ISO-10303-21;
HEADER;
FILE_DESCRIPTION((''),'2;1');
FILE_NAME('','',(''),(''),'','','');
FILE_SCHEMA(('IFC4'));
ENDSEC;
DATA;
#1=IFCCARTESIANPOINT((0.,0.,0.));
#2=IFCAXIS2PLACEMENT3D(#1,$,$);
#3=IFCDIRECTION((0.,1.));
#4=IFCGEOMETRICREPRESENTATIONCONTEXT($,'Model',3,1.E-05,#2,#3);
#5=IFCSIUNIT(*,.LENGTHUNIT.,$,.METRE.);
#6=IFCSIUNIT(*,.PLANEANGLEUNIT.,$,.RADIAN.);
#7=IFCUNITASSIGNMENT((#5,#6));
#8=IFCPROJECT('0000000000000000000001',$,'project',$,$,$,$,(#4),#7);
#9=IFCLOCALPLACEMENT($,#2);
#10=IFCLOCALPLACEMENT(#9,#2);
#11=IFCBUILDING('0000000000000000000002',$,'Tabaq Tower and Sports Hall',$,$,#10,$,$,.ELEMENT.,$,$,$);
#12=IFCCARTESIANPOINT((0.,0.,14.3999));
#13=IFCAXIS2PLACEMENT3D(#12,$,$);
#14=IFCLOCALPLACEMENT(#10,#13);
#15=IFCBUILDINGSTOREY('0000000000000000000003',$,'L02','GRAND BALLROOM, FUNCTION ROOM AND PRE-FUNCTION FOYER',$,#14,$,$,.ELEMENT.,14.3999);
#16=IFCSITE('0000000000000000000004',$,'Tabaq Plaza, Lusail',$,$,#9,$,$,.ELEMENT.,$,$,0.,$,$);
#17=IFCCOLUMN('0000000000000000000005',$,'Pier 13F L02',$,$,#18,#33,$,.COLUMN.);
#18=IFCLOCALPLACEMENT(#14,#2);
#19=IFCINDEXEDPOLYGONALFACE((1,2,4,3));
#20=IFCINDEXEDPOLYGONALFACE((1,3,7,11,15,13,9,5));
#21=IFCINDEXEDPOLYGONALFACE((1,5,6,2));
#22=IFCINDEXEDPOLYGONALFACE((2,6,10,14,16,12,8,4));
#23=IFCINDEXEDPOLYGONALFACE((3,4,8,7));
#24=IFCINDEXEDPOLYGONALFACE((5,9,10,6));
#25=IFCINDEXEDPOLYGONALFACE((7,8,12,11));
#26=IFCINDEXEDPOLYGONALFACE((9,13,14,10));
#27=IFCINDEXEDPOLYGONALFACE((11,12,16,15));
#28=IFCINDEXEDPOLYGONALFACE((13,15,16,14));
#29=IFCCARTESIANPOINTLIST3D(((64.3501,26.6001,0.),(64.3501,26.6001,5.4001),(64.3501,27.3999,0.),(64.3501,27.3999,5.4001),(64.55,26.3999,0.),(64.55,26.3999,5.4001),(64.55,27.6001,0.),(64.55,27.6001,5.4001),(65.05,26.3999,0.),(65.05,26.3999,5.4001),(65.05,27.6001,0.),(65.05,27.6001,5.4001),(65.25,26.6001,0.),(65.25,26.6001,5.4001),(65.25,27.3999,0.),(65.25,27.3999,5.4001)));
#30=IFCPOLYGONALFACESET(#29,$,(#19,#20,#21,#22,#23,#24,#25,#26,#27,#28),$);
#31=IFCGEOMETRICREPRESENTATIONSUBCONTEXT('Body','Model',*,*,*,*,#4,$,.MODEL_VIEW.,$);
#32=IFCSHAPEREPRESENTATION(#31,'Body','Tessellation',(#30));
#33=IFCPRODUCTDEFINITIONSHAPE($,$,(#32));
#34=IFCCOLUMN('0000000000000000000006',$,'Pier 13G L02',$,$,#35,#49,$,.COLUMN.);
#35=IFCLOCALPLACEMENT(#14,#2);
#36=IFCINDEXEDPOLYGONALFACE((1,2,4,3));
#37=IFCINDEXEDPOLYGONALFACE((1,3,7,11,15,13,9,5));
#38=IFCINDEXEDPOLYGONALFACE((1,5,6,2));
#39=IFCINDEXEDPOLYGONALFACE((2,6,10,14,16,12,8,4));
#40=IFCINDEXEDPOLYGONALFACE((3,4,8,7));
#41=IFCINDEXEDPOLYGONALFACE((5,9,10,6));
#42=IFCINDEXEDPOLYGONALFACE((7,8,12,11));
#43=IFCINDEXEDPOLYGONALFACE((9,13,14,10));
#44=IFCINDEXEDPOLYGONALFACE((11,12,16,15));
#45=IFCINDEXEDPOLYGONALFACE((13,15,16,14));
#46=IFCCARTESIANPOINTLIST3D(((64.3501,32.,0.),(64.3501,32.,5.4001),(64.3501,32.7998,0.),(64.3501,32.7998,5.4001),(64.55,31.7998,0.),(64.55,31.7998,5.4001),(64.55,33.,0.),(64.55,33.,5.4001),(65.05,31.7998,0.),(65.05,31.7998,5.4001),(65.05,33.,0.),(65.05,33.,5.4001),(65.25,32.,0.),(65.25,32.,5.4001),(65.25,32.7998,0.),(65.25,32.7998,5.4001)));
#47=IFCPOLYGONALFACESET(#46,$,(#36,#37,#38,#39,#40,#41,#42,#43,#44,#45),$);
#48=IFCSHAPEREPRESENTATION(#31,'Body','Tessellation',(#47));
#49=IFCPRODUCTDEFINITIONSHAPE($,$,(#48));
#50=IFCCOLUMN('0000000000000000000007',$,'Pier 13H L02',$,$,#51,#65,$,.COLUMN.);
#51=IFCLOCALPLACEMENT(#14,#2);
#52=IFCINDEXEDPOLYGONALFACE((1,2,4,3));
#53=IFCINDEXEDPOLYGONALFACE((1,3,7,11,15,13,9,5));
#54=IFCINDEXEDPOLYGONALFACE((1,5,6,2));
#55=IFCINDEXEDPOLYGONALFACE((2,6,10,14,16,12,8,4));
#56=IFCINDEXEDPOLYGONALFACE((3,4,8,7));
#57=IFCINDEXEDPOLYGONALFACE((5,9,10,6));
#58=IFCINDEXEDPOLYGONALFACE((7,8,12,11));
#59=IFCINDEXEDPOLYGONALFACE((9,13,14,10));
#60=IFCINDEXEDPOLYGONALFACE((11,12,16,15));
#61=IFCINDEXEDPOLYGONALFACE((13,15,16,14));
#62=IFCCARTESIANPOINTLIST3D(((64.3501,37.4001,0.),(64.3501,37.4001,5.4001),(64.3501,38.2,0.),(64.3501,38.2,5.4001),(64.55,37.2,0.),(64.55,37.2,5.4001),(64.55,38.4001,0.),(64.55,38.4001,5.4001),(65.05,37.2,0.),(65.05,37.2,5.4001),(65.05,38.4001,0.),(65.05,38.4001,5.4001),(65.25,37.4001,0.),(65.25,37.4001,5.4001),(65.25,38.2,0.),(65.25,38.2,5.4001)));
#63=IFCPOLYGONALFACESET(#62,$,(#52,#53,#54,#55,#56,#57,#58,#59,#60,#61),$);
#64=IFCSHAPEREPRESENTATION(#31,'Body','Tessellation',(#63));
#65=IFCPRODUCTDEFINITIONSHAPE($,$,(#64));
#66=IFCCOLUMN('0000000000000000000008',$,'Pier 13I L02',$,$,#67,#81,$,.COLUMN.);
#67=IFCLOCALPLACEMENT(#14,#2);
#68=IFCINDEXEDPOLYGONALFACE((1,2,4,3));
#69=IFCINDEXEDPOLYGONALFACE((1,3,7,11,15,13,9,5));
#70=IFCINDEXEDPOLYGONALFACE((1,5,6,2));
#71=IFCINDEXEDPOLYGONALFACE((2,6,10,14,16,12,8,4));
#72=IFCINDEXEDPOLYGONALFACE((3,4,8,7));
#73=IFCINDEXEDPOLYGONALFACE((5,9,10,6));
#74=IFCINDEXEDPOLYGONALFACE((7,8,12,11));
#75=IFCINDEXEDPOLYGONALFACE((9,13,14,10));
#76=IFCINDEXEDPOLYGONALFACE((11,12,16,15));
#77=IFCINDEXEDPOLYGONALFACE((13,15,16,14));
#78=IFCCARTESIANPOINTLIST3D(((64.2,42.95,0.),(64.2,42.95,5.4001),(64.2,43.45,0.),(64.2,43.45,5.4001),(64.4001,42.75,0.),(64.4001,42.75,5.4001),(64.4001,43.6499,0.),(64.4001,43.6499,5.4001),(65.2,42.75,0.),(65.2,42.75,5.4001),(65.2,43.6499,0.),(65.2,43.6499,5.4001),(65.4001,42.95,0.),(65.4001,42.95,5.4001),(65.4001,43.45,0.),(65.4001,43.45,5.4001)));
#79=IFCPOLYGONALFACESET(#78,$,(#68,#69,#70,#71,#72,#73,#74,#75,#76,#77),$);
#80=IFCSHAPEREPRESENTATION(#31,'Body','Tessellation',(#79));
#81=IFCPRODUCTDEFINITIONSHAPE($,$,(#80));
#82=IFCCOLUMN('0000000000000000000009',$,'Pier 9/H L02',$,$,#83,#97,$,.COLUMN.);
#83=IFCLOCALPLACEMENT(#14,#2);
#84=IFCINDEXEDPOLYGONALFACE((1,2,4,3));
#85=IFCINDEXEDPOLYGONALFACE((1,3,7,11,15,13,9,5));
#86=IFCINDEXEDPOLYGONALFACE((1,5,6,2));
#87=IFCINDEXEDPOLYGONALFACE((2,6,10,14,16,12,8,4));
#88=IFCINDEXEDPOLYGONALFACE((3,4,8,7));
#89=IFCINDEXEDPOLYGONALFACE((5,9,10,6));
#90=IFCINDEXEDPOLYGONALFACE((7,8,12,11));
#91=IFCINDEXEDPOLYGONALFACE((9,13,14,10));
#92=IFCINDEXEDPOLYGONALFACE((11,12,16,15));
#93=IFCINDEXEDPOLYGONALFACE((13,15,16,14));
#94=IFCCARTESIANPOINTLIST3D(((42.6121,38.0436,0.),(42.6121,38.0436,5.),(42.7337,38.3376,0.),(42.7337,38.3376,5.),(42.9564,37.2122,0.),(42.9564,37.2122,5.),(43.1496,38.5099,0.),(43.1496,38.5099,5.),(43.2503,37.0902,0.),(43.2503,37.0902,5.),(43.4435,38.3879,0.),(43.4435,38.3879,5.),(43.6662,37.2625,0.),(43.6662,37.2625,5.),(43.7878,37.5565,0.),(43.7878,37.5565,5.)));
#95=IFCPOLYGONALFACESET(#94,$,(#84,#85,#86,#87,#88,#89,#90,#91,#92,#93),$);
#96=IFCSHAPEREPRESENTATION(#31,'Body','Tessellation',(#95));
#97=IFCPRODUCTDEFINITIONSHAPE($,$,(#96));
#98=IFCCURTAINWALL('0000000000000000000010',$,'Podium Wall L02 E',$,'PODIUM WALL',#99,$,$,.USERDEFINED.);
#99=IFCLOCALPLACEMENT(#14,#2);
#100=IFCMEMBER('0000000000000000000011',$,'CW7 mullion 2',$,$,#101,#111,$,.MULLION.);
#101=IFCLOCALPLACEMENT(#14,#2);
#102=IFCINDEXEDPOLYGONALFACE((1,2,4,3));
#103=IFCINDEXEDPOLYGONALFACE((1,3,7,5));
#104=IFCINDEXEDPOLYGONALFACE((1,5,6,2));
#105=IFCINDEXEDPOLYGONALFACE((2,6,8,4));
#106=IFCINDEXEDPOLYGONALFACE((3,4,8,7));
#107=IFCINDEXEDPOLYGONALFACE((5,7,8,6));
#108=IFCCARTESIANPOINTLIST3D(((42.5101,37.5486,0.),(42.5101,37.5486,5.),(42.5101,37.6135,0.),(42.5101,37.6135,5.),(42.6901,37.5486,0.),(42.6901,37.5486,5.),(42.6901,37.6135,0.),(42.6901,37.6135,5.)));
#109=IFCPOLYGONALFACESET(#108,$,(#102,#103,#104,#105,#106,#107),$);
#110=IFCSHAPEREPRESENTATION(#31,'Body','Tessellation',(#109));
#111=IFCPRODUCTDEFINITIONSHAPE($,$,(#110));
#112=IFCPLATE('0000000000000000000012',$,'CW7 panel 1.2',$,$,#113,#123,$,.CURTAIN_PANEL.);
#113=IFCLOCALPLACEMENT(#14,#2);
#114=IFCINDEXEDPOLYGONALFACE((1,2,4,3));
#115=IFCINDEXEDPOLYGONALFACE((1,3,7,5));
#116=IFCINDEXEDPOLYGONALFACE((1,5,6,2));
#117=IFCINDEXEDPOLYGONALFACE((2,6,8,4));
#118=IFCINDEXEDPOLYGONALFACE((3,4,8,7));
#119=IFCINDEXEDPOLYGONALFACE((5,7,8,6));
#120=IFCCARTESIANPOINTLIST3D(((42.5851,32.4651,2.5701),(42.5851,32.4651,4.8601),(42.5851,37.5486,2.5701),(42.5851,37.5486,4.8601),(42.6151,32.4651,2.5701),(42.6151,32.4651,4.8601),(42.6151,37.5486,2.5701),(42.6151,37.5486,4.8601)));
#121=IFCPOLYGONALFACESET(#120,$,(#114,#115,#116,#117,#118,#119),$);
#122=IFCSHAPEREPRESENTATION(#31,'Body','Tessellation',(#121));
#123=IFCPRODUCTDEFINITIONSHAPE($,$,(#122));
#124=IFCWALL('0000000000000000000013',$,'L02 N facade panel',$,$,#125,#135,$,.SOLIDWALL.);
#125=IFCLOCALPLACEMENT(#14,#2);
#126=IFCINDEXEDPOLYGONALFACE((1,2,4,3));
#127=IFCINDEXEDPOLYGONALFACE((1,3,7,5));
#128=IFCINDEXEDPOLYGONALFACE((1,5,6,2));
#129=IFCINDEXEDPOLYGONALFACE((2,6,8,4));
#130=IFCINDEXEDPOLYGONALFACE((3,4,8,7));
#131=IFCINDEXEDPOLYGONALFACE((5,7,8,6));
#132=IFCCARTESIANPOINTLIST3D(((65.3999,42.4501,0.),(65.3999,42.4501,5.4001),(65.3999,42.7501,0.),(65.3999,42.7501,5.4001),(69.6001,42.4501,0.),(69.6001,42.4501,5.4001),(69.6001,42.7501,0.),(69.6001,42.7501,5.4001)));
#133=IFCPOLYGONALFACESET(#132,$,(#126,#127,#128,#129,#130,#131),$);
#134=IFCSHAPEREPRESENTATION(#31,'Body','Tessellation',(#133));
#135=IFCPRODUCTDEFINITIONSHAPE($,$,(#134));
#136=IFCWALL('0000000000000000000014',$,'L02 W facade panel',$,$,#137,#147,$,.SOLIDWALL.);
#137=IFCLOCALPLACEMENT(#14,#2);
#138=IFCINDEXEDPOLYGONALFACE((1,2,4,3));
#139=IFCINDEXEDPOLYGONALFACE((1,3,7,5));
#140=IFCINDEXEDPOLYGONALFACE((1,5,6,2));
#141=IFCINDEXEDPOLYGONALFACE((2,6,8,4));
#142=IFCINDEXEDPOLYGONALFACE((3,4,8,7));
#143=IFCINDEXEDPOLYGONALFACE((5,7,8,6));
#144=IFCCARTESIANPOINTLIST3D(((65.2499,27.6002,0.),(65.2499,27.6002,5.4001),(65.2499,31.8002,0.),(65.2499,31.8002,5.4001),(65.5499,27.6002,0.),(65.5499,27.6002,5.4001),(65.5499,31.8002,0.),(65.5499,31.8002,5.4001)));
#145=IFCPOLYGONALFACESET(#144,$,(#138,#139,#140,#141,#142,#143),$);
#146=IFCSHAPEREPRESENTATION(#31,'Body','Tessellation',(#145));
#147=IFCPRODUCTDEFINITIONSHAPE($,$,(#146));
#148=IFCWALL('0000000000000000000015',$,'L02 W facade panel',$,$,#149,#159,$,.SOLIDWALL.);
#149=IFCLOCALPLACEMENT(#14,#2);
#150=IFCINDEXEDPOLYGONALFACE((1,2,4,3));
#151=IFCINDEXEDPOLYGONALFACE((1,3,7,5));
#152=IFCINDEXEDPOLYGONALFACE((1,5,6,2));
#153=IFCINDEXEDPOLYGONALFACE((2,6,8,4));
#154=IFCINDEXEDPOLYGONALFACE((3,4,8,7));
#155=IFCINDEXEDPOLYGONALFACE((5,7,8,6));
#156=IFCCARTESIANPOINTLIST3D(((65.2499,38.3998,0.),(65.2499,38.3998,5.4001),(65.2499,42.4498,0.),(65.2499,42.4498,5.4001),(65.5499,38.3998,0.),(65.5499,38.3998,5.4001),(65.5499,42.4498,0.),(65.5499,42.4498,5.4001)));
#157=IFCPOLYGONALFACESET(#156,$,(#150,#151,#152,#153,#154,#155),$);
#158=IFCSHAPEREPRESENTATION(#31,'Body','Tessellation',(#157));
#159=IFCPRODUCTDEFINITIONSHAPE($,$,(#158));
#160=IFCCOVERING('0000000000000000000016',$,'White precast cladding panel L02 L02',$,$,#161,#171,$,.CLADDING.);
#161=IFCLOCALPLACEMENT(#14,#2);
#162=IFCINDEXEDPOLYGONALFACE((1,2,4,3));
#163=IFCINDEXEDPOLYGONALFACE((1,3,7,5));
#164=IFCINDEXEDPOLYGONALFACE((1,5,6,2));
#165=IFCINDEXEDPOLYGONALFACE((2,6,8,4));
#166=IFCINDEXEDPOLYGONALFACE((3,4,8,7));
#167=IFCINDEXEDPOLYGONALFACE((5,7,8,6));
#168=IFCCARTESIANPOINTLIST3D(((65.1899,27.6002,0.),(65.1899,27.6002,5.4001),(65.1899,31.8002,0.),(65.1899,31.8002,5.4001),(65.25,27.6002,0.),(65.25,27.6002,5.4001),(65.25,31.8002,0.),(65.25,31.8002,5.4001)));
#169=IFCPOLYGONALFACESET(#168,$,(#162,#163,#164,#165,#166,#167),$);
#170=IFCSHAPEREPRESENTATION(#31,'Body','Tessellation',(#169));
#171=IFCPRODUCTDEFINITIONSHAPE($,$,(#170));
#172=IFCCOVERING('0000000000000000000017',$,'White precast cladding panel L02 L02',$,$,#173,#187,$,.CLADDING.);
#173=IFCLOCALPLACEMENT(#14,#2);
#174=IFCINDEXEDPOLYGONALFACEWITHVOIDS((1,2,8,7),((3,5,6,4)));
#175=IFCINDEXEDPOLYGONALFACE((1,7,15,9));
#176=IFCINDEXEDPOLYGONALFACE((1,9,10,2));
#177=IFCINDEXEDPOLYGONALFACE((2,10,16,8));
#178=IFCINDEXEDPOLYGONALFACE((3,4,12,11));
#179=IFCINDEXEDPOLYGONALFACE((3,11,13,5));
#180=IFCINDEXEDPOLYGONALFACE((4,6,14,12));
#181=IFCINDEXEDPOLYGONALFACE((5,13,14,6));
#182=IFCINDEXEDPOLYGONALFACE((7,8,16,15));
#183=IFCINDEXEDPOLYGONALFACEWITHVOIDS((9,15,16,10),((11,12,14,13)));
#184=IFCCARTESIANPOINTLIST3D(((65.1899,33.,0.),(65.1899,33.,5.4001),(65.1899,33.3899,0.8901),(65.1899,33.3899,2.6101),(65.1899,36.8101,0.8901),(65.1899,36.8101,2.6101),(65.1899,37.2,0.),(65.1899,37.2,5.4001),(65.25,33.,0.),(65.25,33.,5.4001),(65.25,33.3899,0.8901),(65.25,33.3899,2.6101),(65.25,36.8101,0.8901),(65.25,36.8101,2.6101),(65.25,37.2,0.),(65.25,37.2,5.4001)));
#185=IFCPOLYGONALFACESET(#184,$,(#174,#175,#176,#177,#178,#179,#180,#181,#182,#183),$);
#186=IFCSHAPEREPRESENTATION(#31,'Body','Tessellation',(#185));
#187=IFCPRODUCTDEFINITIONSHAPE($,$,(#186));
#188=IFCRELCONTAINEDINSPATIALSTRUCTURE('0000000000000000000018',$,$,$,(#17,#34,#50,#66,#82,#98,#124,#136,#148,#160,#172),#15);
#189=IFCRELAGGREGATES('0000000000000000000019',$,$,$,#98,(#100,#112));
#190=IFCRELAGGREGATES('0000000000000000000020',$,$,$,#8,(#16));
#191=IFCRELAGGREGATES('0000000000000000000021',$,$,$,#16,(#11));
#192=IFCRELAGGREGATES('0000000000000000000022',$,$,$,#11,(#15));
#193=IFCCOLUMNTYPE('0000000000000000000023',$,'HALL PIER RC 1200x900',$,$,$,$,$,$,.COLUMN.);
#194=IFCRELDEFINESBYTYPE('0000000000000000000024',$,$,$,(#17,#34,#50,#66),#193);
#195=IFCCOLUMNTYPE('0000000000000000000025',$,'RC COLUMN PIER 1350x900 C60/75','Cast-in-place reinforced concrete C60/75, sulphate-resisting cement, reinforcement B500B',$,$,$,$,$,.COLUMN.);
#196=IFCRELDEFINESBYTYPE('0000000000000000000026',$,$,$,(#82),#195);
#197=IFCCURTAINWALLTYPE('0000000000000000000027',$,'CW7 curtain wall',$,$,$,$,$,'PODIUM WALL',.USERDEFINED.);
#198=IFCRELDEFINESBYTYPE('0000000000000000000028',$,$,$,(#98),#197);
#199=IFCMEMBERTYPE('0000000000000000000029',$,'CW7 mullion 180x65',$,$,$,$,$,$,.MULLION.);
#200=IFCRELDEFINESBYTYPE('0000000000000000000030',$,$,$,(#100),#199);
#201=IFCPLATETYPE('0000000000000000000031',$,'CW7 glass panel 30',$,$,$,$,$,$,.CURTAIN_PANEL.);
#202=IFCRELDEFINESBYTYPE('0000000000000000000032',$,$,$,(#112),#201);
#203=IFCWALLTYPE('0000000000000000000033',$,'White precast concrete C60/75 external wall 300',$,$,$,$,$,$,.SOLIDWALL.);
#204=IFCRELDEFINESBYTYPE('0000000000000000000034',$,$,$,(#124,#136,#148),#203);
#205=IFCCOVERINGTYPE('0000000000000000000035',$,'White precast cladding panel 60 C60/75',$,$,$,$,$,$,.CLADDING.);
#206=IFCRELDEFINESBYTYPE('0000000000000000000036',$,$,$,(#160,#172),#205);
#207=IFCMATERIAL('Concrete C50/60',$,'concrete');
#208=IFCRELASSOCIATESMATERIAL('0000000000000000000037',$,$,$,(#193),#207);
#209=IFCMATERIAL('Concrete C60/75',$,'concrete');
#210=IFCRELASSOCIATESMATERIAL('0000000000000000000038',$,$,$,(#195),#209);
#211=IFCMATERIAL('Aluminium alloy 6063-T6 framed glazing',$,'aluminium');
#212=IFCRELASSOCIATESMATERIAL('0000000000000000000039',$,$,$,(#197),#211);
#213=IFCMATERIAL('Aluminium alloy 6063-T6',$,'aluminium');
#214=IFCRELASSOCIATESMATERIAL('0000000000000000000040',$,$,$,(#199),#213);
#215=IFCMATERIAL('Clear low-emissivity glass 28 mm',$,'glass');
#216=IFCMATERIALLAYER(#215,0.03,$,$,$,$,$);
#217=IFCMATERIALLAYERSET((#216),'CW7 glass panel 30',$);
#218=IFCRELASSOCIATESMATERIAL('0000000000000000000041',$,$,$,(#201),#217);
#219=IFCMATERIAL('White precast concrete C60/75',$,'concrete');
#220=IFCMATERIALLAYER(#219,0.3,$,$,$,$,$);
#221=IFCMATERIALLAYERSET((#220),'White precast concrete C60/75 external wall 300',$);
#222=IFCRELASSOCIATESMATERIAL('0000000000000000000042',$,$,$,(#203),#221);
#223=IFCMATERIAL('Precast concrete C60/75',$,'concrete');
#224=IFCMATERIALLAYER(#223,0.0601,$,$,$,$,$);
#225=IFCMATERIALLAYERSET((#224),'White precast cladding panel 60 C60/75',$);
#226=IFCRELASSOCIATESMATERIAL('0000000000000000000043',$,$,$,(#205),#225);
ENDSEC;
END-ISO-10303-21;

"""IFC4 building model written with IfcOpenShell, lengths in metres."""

from ifc_helpers import new_model, si_unit, direction, frame, frame_2d, origin, origin_2d, place, context, subcontext, project, spatial, polyline, rectangle, outline, extrude, material, layer, layer_set, material_profile, profile_set, type_object, element, aggregate, save


model = new_model("IFC4")

# Units and contexts
model_context = context("Model", 3, precision=1e-05, world=origin(), true_north=direction((0.0, 1.0)))
body_context = subcontext(model_context, "Body", "Model", "MODEL_VIEW")
ifc_project = project(units=[si_unit("LENGTHUNIT", "METRE"), si_unit("PLANEANGLEUNIT", "RADIAN")], contexts=[model_context])

# Site, building, storey
site_placement = place(None, origin())
site = spatial("IfcSite", under=ifc_project, at=site_placement, Name="Tabaq Plaza, Lusail", CompositionType="ELEMENT", RefElevation=0.0)
building_placement = place(site_placement, origin())
building = spatial("IfcBuilding", under=site, at=building_placement, Name="Tabaq Tower and Sports Hall", CompositionType="ELEMENT")
storey_placement = place(building_placement, frame((0.0, 0.0, 14.3999)))
storey = spatial("IfcBuildingStorey", under=building, at=storey_placement, Name="L02", Description="GRAND BALLROOM, FUNCTION ROOM AND PRE-FUNCTION FOYER", CompositionType="ELEMENT", Elevation=14.3999)

# Columns
ifc_material_1 = material(Name="Concrete C50/60", Category="concrete")
ifc_material_profile_1 = material_profile(ifc_material_1, outline(polyline([(-0.3999, -0.45), (0.3999, -0.45), (0.6001, -0.25), (0.6001, 0.25), (0.3999, 0.45), (-0.3999, 0.45), (-0.6001, 0.25), (-0.6001, -0.25), (-0.3999, -0.45)])), Name="PIER 1200x900")
ifc_profile_set_1 = profile_set([ifc_material_profile_1], Name="Concrete C50/60")
column_type_1 = type_object("IfcColumnType", Name="HALL PIER RC 1200x900", PredefinedType="COLUMN", material=ifc_profile_set_1)
for number, where, z_axis, x_axis, name in (
    (1, (64.8, 27.0, 0.0), (0.0, 0.0, 1.0), (0.0, 1.0, 0.0), "Pier 13F L02"),
    (2, (64.8, 32.3999, 0.0), (0.0, 0.0, 1.0), (0.0, 1.0, 0.0), "Pier 13G L02"),
    (3, (64.8, 37.8, 0.0), (0.0, 0.0, 1.0), (0.0, 1.0, 0.0), "Pier 13H L02"),
    (4, (64.8, 43.2, 0.0), (0.0, 0.0, 1.0), (1.0, 0.0, 0.0), "Pier 13I L02"),
):
    element("IfcColumn", number, at=place(storey_placement, frame(where, z_axis=z_axis, x_axis=x_axis)), inside=storey, type_object=column_type_1, Name=name, PredefinedType="COLUMN", context=body_context, shape_type="SweptSolid", body=[
        extrude(outline(polyline([(-0.3999, -0.45), (0.3999, -0.45), (0.6001, -0.25), (0.6001, 0.25), (0.3999, 0.45), (-0.3999, 0.45), (-0.6001, 0.25), (-0.6001, -0.25), (-0.3999, -0.45)])), origin(), (0.0, 0.0, 1.0), 5.4001),
    ])
ifc_material_2 = material(Name="Concrete C60/75", Category="concrete")
ifc_material_profile_2 = material_profile(ifc_material_2, outline(polyline([(-0.45, -0.45), (0.45, -0.45), (0.675, -0.2251), (0.675, 0.2251), (0.45, 0.45), (-0.45, 0.45), (-0.675, 0.2251), (-0.675, -0.2251), (-0.45, -0.45)])), Name="PIER 1350x900")
ifc_profile_set_2 = profile_set([ifc_material_profile_2], Name="Concrete C60/75")
column_type_2 = type_object("IfcColumnType", Name="RC COLUMN PIER 1350x900 C60/75", Description="Cast-in-place reinforced concrete C60/75, sulphate-resisting cement, reinforcement B500B", PredefinedType="COLUMN", material=ifc_profile_set_2)
column_placement = place(storey_placement, frame((43.2, 37.8, 0.0), z_axis=(0.0, 0.0, 1.0), x_axis=(-0.382683, 0.92388, 0.0)))
element("IfcColumn", 5, at=column_placement, inside=storey, type_object=column_type_2, Name="Pier 9/H L02", PredefinedType="COLUMN", context=body_context, shape_type="SweptSolid", body=[
    extrude(outline(polyline([(-0.45, -0.45), (0.45, -0.45), (0.675, -0.2251), (0.675, 0.2251), (0.45, 0.45), (-0.45, 0.45), (-0.675, 0.2251), (-0.675, -0.2251), (-0.45, -0.45)])), origin(), (0.0, 0.0, 1.0), 5.0),
])

# Curtain wall, member, plate
ifc_material_3 = material(Name="Aluminium alloy 6063-T6 framed glazing", Category="aluminium")
curtain_wall_type = type_object("IfcCurtainWallType", Name="CW7 curtain wall", ElementType="PODIUM WALL", PredefinedType="USERDEFINED", material=ifc_material_3)
curtain_wall_placement = place(storey_placement, origin())
curtain_wall = element("IfcCurtainWall", 6, at=curtain_wall_placement, inside=storey, type_object=curtain_wall_type, Name="Podium Wall L02 E", ObjectType="PODIUM WALL", PredefinedType="USERDEFINED")
ifc_material_4 = material(Name="Aluminium alloy 6063-T6", Category="aluminium")
ifc_material_profile_3 = material_profile(ifc_material_4, rectangle(XDim=0.1799, YDim=0.0649, at=origin_2d()), Name="MULLION 180x65")
ifc_profile_set_3 = profile_set([ifc_material_profile_3], Name="Aluminium alloy 6063-T6")
member_type = type_object("IfcMemberType", Name="CW7 mullion 180x65", PredefinedType="MULLION", material=ifc_profile_set_3)
member_placement = place(storey_placement, frame((42.6001, 37.5811, 0.0), z_axis=(0.0, 0.0, 1.0), x_axis=(-1.0, 0.0, 0.0)))
member = element("IfcMember", 7, at=member_placement, type_object=member_type, Name="CW7 mullion 2", PredefinedType="MULLION", context=body_context, shape_type="SweptSolid", body=[
    extrude(rectangle(XDim=0.1799, YDim=0.0649, at=origin_2d()), origin(), (0.0, 0.0, 1.0), 5.0),
])
ifc_material_5 = material(Name="Clear low-emissivity glass 28 mm", Category="glass")
ifc_layer_1 = layer(ifc_material_5, 0.03)
ifc_layer_set_1 = layer_set([ifc_layer_1], Name="CW7 glass panel 30")
plate_type = type_object("IfcPlateType", Name="CW7 glass panel 30", PredefinedType="CURTAIN_PANEL", material=ifc_layer_set_1)
plate_placement = place(storey_placement, frame((42.6001, 35.0068, 2.5701), z_axis=(0.0, 0.0, 1.0), x_axis=(0.0, 1.0, 0.0)))
plate = element("IfcPlate", 8, at=plate_placement, type_object=plate_type, Name="CW7 panel 1.2", PredefinedType="CURTAIN_PANEL", context=body_context, shape_type="SweptSolid", body=[
    extrude(rectangle(XDim=5.0835, YDim=0.03, at=origin_2d()), origin(), (0.0, 0.0, 1.0), 2.29),
])
aggregate(curtain_wall, [member, plate])

# Walls
ifc_material_6 = material(Name="White precast concrete C60/75", Category="concrete")
ifc_layer_2 = layer(ifc_material_6, 0.3)
ifc_layer_set_2 = layer_set([ifc_layer_2], Name="White precast concrete C60/75 external wall 300")
wall_type_1 = type_object("IfcWallType", Name="White precast concrete C60/75 external wall 300", PredefinedType="SOLIDWALL", material=ifc_layer_set_2)
wall_1_placement = place(storey_placement, frame((65.3999, 42.6001, 0.0), z_axis=(0.0, 0.0, 1.0), x_axis=(1.0, 0.0, 0.0)))
element("IfcWall", 9, at=wall_1_placement, inside=storey, type_object=wall_type_1, Name="L02 N facade panel", PredefinedType="SOLIDWALL", context=body_context, shape_type="SweptSolid", body=[
    extrude(rectangle(XDim=4.2002, YDim=0.3, at=frame_2d((2.1001, 0.0))), origin(), (0.0, 0.0, 1.0), 5.4001),
])
wall_2_placement = place(storey_placement, frame((65.3999, 27.6001, 0.0), z_axis=(0.0, 0.0, 1.0), x_axis=(0.0, 1.0, 0.0)))
element("IfcWall", 10, at=wall_2_placement, inside=storey, type_object=wall_type_1, Name="L02 W facade panel", PredefinedType="SOLIDWALL", context=body_context, shape_type="SweptSolid", body=[
    extrude(rectangle(XDim=4.2, YDim=0.3, at=frame_2d((2.1001, 0.0))), origin(), (0.0, 0.0, 1.0), 5.4001),
])

# Wall
wall_3_placement = place(storey_placement, frame((65.3999, 38.3999, 0.0), z_axis=(0.0, 0.0, 1.0), x_axis=(0.0, 1.0, 0.0)))
element("IfcWall", 11, at=wall_3_placement, inside=storey, type_object=wall_type_1, Name="L02 W facade panel", PredefinedType="SOLIDWALL", context=body_context, shape_type="SweptSolid", body=[
    extrude(rectangle(XDim=4.05, YDim=0.3, at=frame_2d((2.0249, 0.0))), origin(), (0.0, 0.0, 1.0), 5.4001),
])

# Coverings
ifc_material_7 = material(Name="Precast concrete C60/75", Category="concrete")
ifc_layer_3 = layer(ifc_material_7, 0.0601)
ifc_layer_set_3 = layer_set([ifc_layer_3], Name="White precast cladding panel 60 C60/75")
covering_type = type_object("IfcCoveringType", Name="White precast cladding panel 60 C60/75", PredefinedType="CLADDING", material=ifc_layer_set_3)
covering_1_placement = place(storey_placement, frame((65.22, 27.6001, 0.0), z_axis=(0.0, 0.0, 1.0), x_axis=(0.0, 1.0, 0.0)))
element("IfcCovering", 12, at=covering_1_placement, inside=storey, type_object=covering_type, Name="White precast cladding panel L02 L02", PredefinedType="CLADDING", context=body_context, shape_type="SweptSolid", body=[
    extrude(rectangle(XDim=4.2, YDim=0.0601, at=frame_2d((2.1001, 0.0))), origin(), (0.0, 0.0, 1.0), 5.4001),
])
covering_2_placement = place(storey_placement, frame((65.22, 33.0, 0.0), z_axis=(0.0, 0.0, 1.0), x_axis=(0.0, 1.0, 0.0)))
element("IfcCovering", 13, at=covering_2_placement, inside=storey, type_object=covering_type, Name="White precast cladding panel L02 L02", PredefinedType="CLADDING", context=body_context, shape_type="SweptSolid", body=[
    extrude(outline(polyline([(0.0, 0.0), (4.2, 0.0), (4.2, 5.4001), (0.0, 5.4001), (0.0, 0.0)]), holes=[polyline([(0.3899, 0.8901), (0.3899, 2.6101), (3.8101, 2.6101), (3.8101, 0.8901), (0.3899, 0.8901)])]), frame((0.0, 0.03, 0.0), z_axis=(0.0, -1.0, 0.0), x_axis=(1.0, 0.0, 0.0)), (0.0, 0.0, 1.0), 0.0601),
])

save(model, "model.ifc")
